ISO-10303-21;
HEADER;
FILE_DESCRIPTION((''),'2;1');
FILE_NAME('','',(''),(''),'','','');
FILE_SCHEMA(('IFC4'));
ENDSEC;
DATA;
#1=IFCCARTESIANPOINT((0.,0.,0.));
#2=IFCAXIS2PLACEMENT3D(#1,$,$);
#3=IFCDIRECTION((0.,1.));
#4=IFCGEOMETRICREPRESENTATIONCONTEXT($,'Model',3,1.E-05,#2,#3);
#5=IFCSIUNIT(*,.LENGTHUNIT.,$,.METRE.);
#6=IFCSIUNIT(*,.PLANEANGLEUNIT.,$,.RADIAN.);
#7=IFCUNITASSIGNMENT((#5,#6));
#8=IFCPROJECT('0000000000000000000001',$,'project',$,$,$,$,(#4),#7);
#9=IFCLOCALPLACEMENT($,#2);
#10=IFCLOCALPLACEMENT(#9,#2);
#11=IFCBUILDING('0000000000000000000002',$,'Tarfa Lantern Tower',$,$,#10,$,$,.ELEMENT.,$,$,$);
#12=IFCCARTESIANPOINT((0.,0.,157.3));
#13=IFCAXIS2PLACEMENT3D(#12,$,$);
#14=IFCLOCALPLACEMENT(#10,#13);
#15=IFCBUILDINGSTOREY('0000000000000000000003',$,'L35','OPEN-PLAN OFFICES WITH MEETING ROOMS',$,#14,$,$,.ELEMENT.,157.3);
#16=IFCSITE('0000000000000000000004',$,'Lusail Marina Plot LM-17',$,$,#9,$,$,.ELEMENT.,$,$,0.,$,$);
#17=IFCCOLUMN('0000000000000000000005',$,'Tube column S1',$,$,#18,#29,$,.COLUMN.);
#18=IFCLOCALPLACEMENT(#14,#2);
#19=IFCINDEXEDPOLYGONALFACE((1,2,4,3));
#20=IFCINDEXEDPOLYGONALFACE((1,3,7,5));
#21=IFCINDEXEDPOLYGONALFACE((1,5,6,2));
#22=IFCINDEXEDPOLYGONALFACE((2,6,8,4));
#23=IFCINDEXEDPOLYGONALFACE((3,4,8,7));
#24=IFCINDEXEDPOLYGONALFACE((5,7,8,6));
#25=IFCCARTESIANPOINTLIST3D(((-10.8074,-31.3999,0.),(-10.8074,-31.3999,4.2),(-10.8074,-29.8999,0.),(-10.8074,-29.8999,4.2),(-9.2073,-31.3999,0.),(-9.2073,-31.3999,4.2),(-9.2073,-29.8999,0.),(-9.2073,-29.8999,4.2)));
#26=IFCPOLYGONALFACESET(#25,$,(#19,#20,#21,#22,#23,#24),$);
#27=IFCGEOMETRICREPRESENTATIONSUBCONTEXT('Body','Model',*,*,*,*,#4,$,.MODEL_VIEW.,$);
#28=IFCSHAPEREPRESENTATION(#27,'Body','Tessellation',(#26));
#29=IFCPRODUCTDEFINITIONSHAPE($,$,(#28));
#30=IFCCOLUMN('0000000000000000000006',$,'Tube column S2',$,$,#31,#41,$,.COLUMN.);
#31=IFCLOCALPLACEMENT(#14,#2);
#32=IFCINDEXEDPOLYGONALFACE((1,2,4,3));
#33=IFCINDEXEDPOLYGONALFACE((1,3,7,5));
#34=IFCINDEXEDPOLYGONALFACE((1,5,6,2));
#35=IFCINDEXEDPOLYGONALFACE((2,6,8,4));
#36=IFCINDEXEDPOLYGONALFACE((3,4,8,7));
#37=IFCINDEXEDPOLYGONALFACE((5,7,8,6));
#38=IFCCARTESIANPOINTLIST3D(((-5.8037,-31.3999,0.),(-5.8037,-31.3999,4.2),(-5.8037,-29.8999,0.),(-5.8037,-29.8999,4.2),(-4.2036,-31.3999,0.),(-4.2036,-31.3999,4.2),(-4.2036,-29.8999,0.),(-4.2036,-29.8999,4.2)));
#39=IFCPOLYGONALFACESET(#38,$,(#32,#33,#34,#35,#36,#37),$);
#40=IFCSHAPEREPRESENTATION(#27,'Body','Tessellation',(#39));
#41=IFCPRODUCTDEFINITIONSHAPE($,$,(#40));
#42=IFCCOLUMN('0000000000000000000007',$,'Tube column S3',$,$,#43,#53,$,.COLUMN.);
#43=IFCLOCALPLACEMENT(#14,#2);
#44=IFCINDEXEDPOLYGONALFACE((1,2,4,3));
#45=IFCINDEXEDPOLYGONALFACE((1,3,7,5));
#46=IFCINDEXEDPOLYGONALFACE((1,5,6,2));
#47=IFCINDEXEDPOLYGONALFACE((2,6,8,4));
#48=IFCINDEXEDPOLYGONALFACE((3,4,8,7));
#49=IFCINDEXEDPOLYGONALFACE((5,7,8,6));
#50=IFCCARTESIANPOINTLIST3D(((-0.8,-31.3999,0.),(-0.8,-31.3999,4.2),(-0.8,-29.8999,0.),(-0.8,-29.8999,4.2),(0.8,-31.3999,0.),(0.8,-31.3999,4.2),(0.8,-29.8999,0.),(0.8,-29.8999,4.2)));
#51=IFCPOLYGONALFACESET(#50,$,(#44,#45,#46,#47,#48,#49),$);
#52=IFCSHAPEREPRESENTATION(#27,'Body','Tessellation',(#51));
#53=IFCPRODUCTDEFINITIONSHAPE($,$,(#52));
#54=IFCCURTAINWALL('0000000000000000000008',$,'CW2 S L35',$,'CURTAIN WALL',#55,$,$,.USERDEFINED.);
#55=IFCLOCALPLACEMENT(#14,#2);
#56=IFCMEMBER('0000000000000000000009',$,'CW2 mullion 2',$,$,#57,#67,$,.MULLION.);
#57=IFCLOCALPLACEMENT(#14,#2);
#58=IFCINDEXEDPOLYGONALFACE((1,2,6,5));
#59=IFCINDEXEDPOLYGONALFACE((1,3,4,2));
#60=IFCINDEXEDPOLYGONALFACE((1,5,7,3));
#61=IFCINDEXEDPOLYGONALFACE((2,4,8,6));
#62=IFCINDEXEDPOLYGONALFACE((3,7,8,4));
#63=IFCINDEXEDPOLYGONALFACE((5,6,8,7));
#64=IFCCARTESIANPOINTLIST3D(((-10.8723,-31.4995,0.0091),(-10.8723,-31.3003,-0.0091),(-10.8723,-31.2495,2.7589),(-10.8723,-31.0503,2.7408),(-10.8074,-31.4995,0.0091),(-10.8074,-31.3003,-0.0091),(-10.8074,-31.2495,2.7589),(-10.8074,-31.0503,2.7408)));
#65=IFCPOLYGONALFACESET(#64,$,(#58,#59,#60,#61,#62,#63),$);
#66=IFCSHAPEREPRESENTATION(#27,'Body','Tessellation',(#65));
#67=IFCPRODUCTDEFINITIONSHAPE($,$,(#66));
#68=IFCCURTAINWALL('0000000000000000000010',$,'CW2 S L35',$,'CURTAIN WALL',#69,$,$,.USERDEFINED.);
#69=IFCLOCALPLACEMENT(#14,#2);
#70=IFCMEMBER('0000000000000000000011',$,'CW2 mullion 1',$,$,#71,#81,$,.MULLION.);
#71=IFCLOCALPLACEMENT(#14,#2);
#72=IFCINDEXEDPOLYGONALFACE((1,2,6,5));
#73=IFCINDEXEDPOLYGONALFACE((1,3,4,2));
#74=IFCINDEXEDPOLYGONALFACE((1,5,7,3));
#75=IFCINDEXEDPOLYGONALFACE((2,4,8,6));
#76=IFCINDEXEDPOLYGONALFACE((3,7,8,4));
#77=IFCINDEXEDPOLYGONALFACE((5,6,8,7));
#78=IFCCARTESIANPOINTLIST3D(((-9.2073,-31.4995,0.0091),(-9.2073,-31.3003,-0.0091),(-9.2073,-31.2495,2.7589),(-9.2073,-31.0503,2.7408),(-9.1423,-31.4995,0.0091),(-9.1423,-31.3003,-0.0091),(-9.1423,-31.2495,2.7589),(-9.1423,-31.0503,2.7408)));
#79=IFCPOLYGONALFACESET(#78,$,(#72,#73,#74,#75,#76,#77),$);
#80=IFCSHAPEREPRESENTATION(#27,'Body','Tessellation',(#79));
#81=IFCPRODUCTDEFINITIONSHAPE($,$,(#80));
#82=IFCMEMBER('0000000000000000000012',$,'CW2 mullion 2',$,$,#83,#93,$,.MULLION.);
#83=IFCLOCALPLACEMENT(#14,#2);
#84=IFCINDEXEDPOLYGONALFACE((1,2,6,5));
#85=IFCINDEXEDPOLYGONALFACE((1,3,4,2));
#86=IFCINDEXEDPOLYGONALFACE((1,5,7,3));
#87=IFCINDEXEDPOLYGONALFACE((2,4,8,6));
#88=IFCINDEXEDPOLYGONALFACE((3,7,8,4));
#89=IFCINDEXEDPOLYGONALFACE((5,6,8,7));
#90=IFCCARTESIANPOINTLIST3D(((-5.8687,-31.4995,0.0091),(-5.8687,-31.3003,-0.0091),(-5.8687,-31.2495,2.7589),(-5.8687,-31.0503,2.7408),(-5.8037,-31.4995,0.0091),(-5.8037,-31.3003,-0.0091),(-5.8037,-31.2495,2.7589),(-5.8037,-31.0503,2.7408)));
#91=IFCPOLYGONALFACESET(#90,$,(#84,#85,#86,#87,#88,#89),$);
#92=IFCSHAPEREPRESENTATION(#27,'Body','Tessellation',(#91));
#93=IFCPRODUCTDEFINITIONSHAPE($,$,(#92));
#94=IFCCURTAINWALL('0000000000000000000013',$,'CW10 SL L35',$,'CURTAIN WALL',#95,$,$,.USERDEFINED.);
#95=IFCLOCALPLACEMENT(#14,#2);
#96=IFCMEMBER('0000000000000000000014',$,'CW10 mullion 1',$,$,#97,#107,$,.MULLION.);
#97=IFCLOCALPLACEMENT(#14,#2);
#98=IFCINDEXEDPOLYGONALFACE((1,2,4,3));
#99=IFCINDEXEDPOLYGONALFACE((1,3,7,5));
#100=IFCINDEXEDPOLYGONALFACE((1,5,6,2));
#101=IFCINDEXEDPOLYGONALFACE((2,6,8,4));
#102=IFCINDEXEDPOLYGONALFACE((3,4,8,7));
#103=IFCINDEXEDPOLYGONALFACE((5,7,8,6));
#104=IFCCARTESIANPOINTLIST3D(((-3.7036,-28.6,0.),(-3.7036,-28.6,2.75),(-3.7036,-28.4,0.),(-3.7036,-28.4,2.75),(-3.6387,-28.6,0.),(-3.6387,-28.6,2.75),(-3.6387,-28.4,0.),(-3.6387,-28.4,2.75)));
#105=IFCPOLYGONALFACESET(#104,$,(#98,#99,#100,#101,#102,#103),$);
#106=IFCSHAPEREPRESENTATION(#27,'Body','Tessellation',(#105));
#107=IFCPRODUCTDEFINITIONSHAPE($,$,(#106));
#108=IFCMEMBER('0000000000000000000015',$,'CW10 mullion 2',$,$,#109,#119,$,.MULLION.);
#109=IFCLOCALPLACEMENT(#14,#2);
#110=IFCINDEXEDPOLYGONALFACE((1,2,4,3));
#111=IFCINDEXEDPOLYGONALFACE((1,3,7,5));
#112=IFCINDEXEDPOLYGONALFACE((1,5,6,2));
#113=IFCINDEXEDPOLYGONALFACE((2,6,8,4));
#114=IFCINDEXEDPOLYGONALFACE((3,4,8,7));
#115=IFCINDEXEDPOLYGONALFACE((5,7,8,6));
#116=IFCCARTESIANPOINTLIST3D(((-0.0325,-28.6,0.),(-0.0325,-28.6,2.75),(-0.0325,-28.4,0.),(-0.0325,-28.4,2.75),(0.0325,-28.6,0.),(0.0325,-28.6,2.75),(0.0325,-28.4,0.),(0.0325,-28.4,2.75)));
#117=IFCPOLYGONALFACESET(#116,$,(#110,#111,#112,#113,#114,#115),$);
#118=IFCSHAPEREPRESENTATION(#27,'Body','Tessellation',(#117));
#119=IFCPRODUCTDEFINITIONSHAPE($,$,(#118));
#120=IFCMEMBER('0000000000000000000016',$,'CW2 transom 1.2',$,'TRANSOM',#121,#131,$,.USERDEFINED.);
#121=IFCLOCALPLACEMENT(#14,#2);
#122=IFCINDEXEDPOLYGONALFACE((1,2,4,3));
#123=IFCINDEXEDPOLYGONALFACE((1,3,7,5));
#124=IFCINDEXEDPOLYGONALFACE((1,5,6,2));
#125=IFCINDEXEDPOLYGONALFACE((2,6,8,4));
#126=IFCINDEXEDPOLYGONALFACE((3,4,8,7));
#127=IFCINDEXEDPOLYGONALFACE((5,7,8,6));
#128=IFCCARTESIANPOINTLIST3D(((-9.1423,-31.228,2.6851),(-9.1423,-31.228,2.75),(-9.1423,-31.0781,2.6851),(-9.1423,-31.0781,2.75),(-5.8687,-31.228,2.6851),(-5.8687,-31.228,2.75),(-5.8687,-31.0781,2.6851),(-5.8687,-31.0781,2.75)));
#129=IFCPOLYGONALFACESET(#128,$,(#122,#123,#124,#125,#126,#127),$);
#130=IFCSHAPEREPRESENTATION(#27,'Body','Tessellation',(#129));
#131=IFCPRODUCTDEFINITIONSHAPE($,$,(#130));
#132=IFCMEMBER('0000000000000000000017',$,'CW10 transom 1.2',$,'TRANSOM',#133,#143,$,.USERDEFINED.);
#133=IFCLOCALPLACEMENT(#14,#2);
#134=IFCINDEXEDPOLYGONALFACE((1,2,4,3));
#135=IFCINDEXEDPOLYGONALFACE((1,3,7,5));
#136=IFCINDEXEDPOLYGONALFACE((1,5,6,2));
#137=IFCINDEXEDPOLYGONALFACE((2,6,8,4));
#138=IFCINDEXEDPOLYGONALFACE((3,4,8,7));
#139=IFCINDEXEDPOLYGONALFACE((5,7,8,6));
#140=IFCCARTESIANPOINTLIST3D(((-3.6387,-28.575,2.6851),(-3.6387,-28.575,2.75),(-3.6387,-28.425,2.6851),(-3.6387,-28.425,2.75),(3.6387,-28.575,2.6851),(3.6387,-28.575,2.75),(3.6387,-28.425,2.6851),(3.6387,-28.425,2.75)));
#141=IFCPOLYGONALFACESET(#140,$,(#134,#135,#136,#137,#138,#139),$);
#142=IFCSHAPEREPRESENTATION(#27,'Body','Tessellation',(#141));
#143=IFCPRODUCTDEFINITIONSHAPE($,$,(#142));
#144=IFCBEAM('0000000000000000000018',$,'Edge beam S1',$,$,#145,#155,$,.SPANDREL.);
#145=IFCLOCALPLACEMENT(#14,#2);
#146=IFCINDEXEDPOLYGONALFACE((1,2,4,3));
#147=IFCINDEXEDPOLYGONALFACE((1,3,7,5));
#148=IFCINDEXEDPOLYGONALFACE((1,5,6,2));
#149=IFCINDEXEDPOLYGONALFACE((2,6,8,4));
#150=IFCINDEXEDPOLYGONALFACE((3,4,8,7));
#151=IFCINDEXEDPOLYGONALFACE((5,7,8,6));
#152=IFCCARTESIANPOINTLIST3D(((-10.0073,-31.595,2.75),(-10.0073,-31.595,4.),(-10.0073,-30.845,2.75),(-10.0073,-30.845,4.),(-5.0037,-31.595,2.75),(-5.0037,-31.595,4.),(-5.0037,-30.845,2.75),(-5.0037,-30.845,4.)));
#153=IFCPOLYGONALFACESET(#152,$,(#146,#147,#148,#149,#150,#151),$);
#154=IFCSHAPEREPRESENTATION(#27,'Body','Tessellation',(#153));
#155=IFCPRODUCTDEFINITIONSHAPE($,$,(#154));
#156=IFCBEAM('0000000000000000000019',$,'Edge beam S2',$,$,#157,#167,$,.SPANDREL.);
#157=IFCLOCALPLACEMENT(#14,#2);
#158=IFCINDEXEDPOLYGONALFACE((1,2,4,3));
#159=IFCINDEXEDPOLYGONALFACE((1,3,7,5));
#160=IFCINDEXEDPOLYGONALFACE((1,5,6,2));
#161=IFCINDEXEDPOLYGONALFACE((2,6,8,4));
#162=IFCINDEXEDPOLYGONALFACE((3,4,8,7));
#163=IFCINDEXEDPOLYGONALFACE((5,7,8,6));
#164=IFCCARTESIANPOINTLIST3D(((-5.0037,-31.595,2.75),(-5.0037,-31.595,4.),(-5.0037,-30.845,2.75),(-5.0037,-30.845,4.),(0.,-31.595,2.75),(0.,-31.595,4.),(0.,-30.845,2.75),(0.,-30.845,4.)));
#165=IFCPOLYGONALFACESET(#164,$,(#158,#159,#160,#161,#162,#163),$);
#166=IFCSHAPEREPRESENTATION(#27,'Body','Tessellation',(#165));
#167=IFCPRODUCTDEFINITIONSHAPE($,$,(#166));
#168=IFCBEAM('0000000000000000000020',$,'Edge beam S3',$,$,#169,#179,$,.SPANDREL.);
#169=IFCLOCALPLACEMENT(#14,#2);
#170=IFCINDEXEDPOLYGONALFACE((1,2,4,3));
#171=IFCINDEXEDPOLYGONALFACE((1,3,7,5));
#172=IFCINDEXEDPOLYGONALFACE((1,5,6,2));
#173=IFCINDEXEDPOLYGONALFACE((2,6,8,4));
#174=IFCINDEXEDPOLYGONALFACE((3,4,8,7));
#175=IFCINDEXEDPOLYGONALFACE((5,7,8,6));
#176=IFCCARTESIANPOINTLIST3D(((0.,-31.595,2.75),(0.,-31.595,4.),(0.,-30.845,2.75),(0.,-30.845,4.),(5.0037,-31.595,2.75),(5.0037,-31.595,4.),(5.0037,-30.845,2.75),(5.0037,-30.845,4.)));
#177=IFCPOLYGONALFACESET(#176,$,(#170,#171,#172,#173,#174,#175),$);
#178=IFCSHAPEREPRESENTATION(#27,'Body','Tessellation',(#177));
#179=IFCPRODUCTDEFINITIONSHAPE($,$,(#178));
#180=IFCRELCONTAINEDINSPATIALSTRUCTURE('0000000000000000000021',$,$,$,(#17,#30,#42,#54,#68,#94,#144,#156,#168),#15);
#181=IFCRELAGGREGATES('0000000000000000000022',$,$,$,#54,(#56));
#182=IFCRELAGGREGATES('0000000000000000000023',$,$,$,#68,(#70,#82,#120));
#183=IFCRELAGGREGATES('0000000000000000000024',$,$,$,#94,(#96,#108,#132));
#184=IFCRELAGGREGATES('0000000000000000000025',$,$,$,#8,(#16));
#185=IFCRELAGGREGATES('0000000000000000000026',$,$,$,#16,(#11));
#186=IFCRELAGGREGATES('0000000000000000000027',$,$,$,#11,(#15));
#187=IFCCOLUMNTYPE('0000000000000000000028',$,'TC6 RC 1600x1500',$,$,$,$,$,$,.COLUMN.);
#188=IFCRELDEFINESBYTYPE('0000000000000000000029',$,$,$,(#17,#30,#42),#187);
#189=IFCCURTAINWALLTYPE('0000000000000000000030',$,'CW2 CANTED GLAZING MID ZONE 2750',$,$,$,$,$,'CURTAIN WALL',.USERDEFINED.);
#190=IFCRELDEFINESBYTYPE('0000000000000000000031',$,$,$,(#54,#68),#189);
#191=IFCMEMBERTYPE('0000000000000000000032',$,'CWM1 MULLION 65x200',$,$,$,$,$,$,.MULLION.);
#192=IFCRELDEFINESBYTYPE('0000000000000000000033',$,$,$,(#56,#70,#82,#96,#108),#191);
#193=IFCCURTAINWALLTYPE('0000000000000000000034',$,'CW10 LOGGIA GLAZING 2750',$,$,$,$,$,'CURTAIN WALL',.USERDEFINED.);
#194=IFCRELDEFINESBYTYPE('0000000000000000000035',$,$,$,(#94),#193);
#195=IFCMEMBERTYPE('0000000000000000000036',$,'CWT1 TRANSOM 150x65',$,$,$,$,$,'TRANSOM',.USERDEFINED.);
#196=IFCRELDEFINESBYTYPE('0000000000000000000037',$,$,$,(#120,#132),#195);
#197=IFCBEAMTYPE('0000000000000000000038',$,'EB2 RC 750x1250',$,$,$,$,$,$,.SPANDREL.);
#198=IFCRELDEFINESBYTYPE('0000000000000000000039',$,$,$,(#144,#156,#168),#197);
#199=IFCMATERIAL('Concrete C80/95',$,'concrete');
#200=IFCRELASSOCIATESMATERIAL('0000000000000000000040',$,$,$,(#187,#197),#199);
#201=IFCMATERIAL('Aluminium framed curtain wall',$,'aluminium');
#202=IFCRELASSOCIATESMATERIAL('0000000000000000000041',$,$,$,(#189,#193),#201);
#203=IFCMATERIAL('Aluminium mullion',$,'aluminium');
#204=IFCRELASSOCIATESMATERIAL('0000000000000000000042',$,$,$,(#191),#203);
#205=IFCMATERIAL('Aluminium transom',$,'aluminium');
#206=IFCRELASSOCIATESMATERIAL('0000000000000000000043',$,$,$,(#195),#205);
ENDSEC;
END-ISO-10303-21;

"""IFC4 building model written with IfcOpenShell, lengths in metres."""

from ifc_helpers import new_model, si_unit, direction, frame, origin, origin_2d, place, context, subcontext, project, spatial, rectangle, extrude, material, material_profile, profile_set, type_object, element, aggregate, save


model = new_model("IFC4")

# Units and contexts
model_context = context("Model", 3, precision=1e-05, world=origin(), true_north=direction((0.0, 1.0)))
body_context = subcontext(model_context, "Body", "Model", "MODEL_VIEW")
ifc_project = project(units=[si_unit("LENGTHUNIT", "METRE"), si_unit("PLANEANGLEUNIT", "RADIAN")], contexts=[model_context])

# Site, building, storey
site_placement = place(None, origin())
site = spatial("IfcSite", under=ifc_project, at=site_placement, Name="Lusail Marina Plot LM-17", CompositionType="ELEMENT", RefElevation=0.0)
building_placement = place(site_placement, origin())
building = spatial("IfcBuilding", under=site, at=building_placement, Name="Tarfa Lantern Tower", CompositionType="ELEMENT")
storey_placement = place(building_placement, frame((0.0, 0.0, 157.3)))
storey = spatial("IfcBuildingStorey", under=building, at=storey_placement, Name="L35", Description="OPEN-PLAN OFFICES WITH MEETING ROOMS", CompositionType="ELEMENT", Elevation=157.3)

# Columns
ifc_material_1 = material(Name="Concrete C80/95", Category="concrete")
ifc_material_profile_1 = material_profile(ifc_material_1, rectangle(XDim=1.6001, YDim=1.5, at=origin_2d()), Name="RC 1600x1500")
ifc_profile_set_1 = profile_set([ifc_material_profile_1], Name="Concrete C80/95")
column_type = type_object("IfcColumnType", Name="TC6 RC 1600x1500", PredefinedType="COLUMN", material=ifc_profile_set_1)
for number, where, z_axis, x_axis, name in (
    (1, (-10.0073, -30.6499, 0.0), (0.0, 0.0, 1.0), (1.0, 0.0, 0.0), "Tube column S1"),
    (2, (-5.0037, -30.6499, 0.0), (0.0, 0.0, 1.0), (1.0, 0.0, 0.0), "Tube column S2"),
    (3, (0.0, -30.6499, 0.0), (0.0, 0.0, 1.0), (1.0, 0.0, 0.0), "Tube column S3"),
):
    element("IfcColumn", number, at=place(storey_placement, frame(where, z_axis=z_axis, x_axis=x_axis)), inside=storey, type_object=column_type, Name=name, PredefinedType="COLUMN", context=body_context, shape_type="SweptSolid", body=[
        extrude(rectangle(XDim=1.6001, YDim=1.5, at=origin_2d()), origin(), (0.0, 0.0, 1.0), 4.2),
    ])

# Curtain wall, member
ifc_material_2 = material(Name="Aluminium framed curtain wall", Category="aluminium")
curtain_wall_type_1 = type_object("IfcCurtainWallType", Name="CW2 CANTED GLAZING MID ZONE 2750", ElementType="CURTAIN WALL", PredefinedType="USERDEFINED", material=ifc_material_2)
curtain_wall_1_placement = place(storey_placement, origin())
curtain_wall_1 = element("IfcCurtainWall", 4, at=curtain_wall_1_placement, inside=storey, type_object=curtain_wall_type_1, Name="CW2 S L35", ObjectType="CURTAIN WALL", PredefinedType="USERDEFINED")
ifc_material_3 = material(Name="Aluminium mullion", Category="aluminium")
ifc_material_profile_2 = material_profile(ifc_material_3, rectangle(XDim=0.0649, YDim=0.2, at=origin_2d()), Name="AL MULLION 65x200")
ifc_profile_set_2 = profile_set([ifc_material_profile_2], Name="Aluminium mullion")
member_type_1 = type_object("IfcMemberType", Name="CWM1 MULLION 65x200", PredefinedType="MULLION", material=ifc_profile_set_2)
member_1_placement = place(storey_placement, frame((-10.8398, -31.3999, 0.0), z_axis=(0.0, 0.090536, 0.995893), x_axis=(-1.0, 0.0, 0.0)))
member_1 = element("IfcMember", 5, at=member_1_placement, type_object=member_type_1, Name="CW2 mullion 2", PredefinedType="MULLION", context=body_context, shape_type="SweptSolid", body=[
    extrude(rectangle(XDim=0.0649, YDim=0.2, at=origin_2d()), origin(), (0.0, 0.0, 1.0), 2.7612),
])
aggregate(curtain_wall_1, [member_1])

# Curtain walls, members
curtain_wall_2_placement = place(storey_placement, origin())
curtain_wall_2 = element("IfcCurtainWall", 6, at=curtain_wall_2_placement, inside=storey, type_object=curtain_wall_type_1, Name="CW2 S L35", ObjectType="CURTAIN WALL", PredefinedType="USERDEFINED")
member_2_placement = place(storey_placement, frame((-9.1748, -31.3999, 0.0), z_axis=(0.0, 0.090536, 0.995893), x_axis=(-1.0, 0.0, 0.0)))
member_2 = element("IfcMember", 7, at=member_2_placement, type_object=member_type_1, Name="CW2 mullion 1", PredefinedType="MULLION", context=body_context, shape_type="SweptSolid", body=[
    extrude(rectangle(XDim=0.0649, YDim=0.2, at=origin_2d()), origin(), (0.0, 0.0, 1.0), 2.7612),
])
member_3_placement = place(storey_placement, frame((-5.8362, -31.3999, 0.0), z_axis=(0.0, 0.090536, 0.995893), x_axis=(-1.0, 0.0, 0.0)))
member_3 = element("IfcMember", 8, at=member_3_placement, type_object=member_type_1, Name="CW2 mullion 2", PredefinedType="MULLION", context=body_context, shape_type="SweptSolid", body=[
    extrude(rectangle(XDim=0.0649, YDim=0.2, at=origin_2d()), origin(), (0.0, 0.0, 1.0), 2.7612),
])
curtain_wall_type_2 = type_object("IfcCurtainWallType", Name="CW10 LOGGIA GLAZING 2750", ElementType="CURTAIN WALL", PredefinedType="USERDEFINED", material=ifc_material_2)
curtain_wall_3_placement = place(storey_placement, origin())
curtain_wall_3 = element("IfcCurtainWall", 9, at=curtain_wall_3_placement, inside=storey, type_object=curtain_wall_type_2, Name="CW10 SL L35", ObjectType="CURTAIN WALL", PredefinedType="USERDEFINED")
member_4_placement = place(storey_placement, frame((-3.6711, -28.5, 0.0), z_axis=(0.0, 0.0, 1.0), x_axis=(1.0, 0.0, 0.0)))
member_4 = element("IfcMember", 10, at=member_4_placement, type_object=member_type_1, Name="CW10 mullion 1", PredefinedType="MULLION", context=body_context, shape_type="SweptSolid", body=[
    extrude(rectangle(XDim=0.0649, YDim=0.2, at=origin_2d()), origin(), (0.0, 0.0, 1.0), 2.75),
])
member_5_placement = place(storey_placement, frame((0.0, -28.5, 0.0), z_axis=(0.0, 0.0, 1.0), x_axis=(1.0, 0.0, 0.0)))
member_5 = element("IfcMember", 11, at=member_5_placement, type_object=member_type_1, Name="CW10 mullion 2", PredefinedType="MULLION", context=body_context, shape_type="SweptSolid", body=[
    extrude(rectangle(XDim=0.0649, YDim=0.2, at=origin_2d()), origin(), (0.0, 0.0, 1.0), 2.75),
])

# Members
ifc_material_4 = material(Name="Aluminium transom", Category="aluminium")
ifc_material_profile_3 = material_profile(ifc_material_4, rectangle(XDim=0.1499, YDim=0.0649, at=origin_2d()), Name="AL TRANSOM 150x65")
ifc_profile_set_3 = profile_set([ifc_material_profile_3], Name="Aluminium transom")
member_type_2 = type_object("IfcMemberType", Name="CWT1 TRANSOM 150x65", ElementType="TRANSOM", PredefinedType="USERDEFINED", material=ifc_profile_set_3)
member_6_placement = place(storey_placement, frame((-9.1423, -31.1531, 2.7175), z_axis=(1.0, 0.0, 0.0), x_axis=(0.0, 1.0, 0.0)))
member_6 = element("IfcMember", 12, at=member_6_placement, type_object=member_type_2, Name="CW2 transom 1.2", ObjectType="TRANSOM", PredefinedType="USERDEFINED", context=body_context, shape_type="SweptSolid", body=[
    extrude(rectangle(XDim=0.1499, YDim=0.0649, at=origin_2d()), origin(), (0.0, 0.0, 1.0), 3.2737),
])
member_7_placement = place(storey_placement, frame((-3.6387, -28.5, 2.7175), z_axis=(1.0, 0.0, 0.0), x_axis=(0.0, 1.0, 0.0)))
member_7 = element("IfcMember", 13, at=member_7_placement, type_object=member_type_2, Name="CW10 transom 1.2", ObjectType="TRANSOM", PredefinedType="USERDEFINED", context=body_context, shape_type="SweptSolid", body=[
    extrude(rectangle(XDim=0.1499, YDim=0.0649, at=origin_2d()), origin(), (0.0, 0.0, 1.0), 7.2773),
])

# Beams
ifc_material_profile_4 = material_profile(ifc_material_1, rectangle(XDim=0.75, YDim=1.25, at=origin_2d()), Name="RC 750x1250")
ifc_profile_set_4 = profile_set([ifc_material_profile_4], Name="Concrete C80/95")
beam_type_1 = type_object("IfcBeamType", Name="EB2 RC 750x1250", PredefinedType="SPANDREL", material=ifc_profile_set_4)
for number, where, z_axis, x_axis, name in (
    (14, (-10.0073, -31.22, 3.375), (1.0, 0.0, 0.0), (0.0, 1.0, 0.0), "Edge beam S1"),
    (15, (-5.0037, -31.22, 3.375), (1.0, 0.0, 0.0), (0.0, 1.0, 0.0), "Edge beam S2"),
    (16, (0.0, -31.22, 3.375), (1.0, 0.0, 0.0), (0.0, 1.0, 0.0), "Edge beam S3"),
):
    element("IfcBeam", number, at=place(storey_placement, frame(where, z_axis=z_axis, x_axis=x_axis)), inside=storey, type_object=beam_type_1, Name=name, PredefinedType="SPANDREL", context=body_context, shape_type="SweptSolid", body=[
        extrude(rectangle(XDim=0.75, YDim=1.25, at=origin_2d()), origin(), (0.0, 0.0, 1.0), 5.0037),
    ])

aggregate(curtain_wall_2, [member_2, member_3, member_6])
aggregate(curtain_wall_3, [member_4, member_5, member_7])

save(model, "model.ifc")
